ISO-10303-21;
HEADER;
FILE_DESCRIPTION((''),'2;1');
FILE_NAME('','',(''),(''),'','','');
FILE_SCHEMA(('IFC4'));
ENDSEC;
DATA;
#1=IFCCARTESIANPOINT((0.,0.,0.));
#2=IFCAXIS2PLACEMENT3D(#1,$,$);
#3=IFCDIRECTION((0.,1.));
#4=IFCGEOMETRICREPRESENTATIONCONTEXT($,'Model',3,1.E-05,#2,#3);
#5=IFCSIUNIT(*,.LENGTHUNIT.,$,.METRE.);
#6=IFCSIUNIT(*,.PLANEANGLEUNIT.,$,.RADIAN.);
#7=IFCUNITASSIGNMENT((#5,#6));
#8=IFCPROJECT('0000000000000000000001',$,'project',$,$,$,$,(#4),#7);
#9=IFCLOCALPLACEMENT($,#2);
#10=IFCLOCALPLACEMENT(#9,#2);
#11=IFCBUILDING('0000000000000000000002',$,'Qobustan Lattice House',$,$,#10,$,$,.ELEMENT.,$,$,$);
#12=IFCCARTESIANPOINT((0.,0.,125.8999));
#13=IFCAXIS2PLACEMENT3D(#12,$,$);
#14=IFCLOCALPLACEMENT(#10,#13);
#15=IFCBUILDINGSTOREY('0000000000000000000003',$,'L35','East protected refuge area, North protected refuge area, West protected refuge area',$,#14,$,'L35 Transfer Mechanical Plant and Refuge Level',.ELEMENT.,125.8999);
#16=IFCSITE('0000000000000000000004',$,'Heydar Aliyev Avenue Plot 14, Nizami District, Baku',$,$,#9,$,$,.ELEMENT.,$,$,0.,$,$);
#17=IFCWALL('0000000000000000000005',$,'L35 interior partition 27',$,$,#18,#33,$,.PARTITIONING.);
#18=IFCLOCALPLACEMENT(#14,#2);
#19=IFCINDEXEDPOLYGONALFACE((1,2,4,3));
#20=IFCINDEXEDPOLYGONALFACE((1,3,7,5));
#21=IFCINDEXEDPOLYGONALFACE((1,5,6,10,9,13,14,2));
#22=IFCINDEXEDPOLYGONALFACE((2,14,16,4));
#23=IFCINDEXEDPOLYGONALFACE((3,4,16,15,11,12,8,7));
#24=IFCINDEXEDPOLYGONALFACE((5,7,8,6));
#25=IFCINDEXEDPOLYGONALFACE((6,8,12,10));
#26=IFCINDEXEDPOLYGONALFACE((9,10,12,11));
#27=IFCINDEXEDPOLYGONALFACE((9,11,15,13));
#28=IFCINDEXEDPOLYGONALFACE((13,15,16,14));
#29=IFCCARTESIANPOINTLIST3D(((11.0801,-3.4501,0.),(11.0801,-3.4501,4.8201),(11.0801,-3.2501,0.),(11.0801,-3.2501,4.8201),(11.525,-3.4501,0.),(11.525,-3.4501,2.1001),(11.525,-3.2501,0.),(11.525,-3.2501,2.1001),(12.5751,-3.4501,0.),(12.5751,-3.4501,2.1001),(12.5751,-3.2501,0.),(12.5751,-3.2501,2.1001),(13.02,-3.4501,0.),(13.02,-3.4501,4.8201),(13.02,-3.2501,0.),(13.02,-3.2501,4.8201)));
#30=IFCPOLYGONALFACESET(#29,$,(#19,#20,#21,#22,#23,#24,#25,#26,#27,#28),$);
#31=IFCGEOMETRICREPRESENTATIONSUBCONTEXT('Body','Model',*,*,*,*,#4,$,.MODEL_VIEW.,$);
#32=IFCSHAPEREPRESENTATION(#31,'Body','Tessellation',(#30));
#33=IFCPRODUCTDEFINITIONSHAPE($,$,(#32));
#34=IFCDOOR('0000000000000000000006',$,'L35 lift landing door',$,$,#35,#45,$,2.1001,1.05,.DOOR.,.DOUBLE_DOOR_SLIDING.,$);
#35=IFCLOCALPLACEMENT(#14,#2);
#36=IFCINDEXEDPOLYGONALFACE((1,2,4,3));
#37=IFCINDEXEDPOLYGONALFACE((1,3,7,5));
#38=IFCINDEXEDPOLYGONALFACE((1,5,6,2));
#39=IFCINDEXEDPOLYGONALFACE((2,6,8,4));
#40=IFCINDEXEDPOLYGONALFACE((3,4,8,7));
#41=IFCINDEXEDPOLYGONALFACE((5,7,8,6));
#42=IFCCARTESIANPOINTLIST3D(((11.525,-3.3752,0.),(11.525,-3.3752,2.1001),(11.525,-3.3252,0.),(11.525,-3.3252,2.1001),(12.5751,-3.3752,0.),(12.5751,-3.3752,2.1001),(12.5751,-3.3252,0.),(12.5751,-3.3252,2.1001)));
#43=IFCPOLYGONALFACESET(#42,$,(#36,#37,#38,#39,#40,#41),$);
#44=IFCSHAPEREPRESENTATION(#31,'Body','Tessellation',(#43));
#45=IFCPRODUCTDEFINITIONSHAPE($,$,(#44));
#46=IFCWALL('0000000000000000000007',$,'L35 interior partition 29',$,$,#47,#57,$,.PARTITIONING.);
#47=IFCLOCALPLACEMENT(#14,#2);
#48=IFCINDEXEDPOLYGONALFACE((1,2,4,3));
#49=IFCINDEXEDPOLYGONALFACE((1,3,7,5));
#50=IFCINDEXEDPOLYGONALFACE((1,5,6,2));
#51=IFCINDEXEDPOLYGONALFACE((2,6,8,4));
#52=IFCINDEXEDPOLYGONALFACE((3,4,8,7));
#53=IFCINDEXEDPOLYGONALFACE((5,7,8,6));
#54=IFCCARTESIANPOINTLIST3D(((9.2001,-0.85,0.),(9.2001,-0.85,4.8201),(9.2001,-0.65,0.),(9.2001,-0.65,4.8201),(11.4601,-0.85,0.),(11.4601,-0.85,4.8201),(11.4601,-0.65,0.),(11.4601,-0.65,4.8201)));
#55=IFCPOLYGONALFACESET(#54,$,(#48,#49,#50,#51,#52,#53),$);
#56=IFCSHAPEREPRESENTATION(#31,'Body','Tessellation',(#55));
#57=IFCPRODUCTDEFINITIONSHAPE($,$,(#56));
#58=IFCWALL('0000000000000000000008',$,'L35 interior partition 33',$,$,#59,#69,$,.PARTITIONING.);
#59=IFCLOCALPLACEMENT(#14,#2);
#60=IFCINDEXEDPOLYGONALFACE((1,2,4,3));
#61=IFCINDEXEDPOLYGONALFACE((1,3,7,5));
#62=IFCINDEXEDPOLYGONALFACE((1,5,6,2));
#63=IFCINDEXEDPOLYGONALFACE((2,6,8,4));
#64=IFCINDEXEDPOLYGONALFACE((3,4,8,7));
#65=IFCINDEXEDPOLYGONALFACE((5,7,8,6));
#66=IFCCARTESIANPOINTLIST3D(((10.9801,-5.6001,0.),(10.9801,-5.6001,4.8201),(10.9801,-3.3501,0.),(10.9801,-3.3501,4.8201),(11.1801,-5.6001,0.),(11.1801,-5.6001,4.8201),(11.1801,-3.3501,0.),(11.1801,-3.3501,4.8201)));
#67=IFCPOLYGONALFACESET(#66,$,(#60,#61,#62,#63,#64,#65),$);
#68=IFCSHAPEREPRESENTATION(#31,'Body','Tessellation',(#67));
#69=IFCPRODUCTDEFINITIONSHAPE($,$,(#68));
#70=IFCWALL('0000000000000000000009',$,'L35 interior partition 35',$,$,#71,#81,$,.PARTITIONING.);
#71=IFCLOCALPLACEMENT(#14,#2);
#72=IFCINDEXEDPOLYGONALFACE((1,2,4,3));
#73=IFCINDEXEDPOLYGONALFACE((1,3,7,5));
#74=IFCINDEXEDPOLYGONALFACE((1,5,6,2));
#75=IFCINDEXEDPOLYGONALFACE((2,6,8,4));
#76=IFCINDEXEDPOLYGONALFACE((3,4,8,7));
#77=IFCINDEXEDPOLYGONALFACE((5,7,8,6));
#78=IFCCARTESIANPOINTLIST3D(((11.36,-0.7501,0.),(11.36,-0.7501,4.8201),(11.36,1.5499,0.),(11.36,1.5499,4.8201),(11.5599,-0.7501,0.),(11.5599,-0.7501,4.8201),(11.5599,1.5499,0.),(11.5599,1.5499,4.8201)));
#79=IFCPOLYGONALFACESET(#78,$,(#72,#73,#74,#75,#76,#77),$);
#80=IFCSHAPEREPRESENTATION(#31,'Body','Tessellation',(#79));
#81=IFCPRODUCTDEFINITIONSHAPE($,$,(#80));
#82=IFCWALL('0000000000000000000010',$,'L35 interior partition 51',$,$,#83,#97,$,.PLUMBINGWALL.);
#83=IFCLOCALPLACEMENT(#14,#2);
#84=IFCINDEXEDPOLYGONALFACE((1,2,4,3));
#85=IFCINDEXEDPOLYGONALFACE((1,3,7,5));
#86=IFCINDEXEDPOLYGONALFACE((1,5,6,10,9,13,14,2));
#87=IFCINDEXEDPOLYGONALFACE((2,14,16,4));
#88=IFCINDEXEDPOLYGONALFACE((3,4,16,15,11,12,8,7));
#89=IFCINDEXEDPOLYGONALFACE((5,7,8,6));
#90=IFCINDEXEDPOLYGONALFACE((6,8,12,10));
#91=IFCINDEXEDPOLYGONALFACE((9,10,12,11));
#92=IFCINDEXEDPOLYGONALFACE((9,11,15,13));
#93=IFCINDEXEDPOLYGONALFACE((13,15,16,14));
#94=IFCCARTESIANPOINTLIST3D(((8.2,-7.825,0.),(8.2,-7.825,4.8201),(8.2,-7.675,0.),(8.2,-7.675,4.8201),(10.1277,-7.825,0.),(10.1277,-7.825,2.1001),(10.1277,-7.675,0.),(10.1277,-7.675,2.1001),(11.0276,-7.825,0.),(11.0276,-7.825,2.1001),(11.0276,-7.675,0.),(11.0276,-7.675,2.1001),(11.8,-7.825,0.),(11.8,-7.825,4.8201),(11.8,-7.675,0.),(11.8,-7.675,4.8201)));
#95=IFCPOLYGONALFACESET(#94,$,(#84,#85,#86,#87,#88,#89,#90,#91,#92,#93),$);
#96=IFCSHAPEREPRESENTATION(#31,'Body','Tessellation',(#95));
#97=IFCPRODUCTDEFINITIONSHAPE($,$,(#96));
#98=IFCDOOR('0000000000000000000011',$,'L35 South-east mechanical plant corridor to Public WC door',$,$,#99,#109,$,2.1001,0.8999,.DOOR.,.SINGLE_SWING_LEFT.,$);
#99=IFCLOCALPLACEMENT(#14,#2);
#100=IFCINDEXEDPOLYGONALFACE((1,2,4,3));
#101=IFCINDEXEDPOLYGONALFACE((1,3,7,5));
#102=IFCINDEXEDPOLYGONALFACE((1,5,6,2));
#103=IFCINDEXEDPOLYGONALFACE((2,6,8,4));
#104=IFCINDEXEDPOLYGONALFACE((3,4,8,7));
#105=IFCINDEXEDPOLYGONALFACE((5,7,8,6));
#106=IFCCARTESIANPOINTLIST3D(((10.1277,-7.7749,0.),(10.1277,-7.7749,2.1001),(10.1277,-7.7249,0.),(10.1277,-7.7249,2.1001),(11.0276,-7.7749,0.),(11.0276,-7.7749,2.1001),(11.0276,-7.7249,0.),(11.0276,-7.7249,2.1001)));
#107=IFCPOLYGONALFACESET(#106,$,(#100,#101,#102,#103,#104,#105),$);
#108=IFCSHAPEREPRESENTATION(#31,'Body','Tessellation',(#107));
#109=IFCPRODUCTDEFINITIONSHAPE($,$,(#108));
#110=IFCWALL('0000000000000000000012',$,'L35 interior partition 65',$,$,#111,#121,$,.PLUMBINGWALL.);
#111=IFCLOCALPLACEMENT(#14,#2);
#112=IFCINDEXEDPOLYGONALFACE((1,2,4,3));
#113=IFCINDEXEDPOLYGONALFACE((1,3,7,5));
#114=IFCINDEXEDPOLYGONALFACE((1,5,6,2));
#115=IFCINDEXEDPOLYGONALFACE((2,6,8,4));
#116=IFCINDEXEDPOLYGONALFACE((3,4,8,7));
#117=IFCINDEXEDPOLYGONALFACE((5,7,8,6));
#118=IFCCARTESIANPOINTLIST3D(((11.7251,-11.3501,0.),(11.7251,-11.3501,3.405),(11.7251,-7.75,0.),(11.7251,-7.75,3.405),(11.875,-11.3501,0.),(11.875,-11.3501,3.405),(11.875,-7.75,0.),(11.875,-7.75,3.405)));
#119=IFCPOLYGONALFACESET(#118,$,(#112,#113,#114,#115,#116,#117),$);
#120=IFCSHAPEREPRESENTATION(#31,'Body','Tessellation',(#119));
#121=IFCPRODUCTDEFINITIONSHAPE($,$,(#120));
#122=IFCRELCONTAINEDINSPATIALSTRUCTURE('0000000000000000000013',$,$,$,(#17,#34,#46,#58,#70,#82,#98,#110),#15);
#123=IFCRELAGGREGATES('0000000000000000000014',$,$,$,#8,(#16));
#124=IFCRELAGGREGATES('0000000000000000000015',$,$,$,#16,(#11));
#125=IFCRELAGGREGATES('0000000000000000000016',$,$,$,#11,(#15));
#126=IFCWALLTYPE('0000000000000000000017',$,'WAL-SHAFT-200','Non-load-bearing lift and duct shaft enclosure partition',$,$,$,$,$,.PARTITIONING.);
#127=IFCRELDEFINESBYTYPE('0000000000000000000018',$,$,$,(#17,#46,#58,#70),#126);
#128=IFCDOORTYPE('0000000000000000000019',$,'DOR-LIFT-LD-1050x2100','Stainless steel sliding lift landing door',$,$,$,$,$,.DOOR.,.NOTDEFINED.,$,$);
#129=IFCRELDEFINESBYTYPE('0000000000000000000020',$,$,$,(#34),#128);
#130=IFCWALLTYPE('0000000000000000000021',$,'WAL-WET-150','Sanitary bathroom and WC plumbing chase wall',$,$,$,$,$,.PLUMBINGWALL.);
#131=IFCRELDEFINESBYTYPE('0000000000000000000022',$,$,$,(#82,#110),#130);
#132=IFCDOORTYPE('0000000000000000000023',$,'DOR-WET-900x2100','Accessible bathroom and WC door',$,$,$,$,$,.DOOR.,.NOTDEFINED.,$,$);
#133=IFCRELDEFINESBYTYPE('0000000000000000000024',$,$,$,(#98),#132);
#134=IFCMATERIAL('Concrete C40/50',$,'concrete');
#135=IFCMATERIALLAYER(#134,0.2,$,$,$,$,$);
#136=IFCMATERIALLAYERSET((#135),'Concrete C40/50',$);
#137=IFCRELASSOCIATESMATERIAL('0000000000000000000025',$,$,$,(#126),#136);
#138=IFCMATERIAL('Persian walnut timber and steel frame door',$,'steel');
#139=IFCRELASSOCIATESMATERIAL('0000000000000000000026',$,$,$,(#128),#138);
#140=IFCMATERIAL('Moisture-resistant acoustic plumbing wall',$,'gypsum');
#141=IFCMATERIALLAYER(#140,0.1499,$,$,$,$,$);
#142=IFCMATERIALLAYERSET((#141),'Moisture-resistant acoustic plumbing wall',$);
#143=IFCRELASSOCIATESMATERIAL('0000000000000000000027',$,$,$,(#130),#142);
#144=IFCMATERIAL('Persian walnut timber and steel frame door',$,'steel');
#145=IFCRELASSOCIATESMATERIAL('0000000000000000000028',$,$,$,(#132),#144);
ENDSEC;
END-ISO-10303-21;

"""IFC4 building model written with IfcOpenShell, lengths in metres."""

from ifc_helpers import new_model, si_unit, direction, frame, frame_2d, origin, place, context, subcontext, project, spatial, rectangle, extrude, material, layer, layer_set, type_object, element, fill, save


model = new_model("IFC4")

# Units and contexts
model_context = context("Model", 3, precision=1e-05, world=origin(), true_north=direction((0.0, 1.0)))
body_context = subcontext(model_context, "Body", "Model", "MODEL_VIEW")
ifc_project = project(units=[si_unit("LENGTHUNIT", "METRE"), si_unit("PLANEANGLEUNIT", "RADIAN")], contexts=[model_context])

# Site, building, storey
site_placement = place(None, origin())
site = spatial("IfcSite", under=ifc_project, at=site_placement, Name="Heydar Aliyev Avenue Plot 14, Nizami District, Baku", CompositionType="ELEMENT", RefElevation=0.0)
building_placement = place(site_placement, origin())
building = spatial("IfcBuilding", under=site, at=building_placement, Name="Qobustan Lattice House", CompositionType="ELEMENT")
storey_placement = place(building_placement, frame((0.0, 0.0, 125.8999)))
storey = spatial("IfcBuildingStorey", under=building, at=storey_placement, Name="L35", Description="East protected refuge area, North protected refuge area, West protected refuge area", LongName="L35 Transfer Mechanical Plant and Refuge Level", CompositionType="ELEMENT", Elevation=125.8999)

# Shared definitions
ifc_material_1 = material(Name="Concrete C40/50", Category="concrete")
ifc_layer_1 = layer(ifc_material_1, 0.2)
ifc_layer_set_1 = layer_set([ifc_layer_1], Name="Concrete C40/50")
wall_type_1 = type_object("IfcWallType", Name="WAL-SHAFT-200", Description="Non-load-bearing lift and duct shaft enclosure partition", PredefinedType="PARTITIONING", material=ifc_layer_set_1)

# Wall, opening, door
wall_1_placement = place(storey_placement, frame((11.0801, -3.3501, 0.0), z_axis=(0.0, 0.0, 1.0), x_axis=(1.0, 0.0, 0.0)))
wall_1 = element("IfcWall", 1, at=wall_1_placement, inside=storey, type_object=wall_type_1, Name="L35 interior partition 27", PredefinedType="PARTITIONING", context=body_context, shape_type="SweptSolid", body=[
    extrude(rectangle(XDim=1.9399, YDim=0.2, at=frame_2d((0.97, 0.0))), origin(), (0.0, 0.0, 1.0), 4.8201),
])
opening_1_placement = place(wall_1_placement, frame((0.4451, 0.0, 0.0)))
opening_1 = element("IfcOpeningElement", 2, at=opening_1_placement, cuts=wall_1, PredefinedType="OPENING", context=body_context, shape_type="SweptSolid", body=[
    extrude(rectangle(XDim=1.05, YDim=2.1001, at=frame_2d((0.5249, 1.05))), frame((0.0, 0.1099, 0.0), z_axis=(0.0, -1.0, 0.0), x_axis=(1.0, 0.0, 0.0)), (0.0, 0.0, 1.0), 0.22),
])
ifc_material_2 = material(Name="Persian walnut timber and steel frame door", Category="steel")
door_type_1 = type_object("IfcDoorType", Name="DOR-LIFT-LD-1050x2100", Description="Stainless steel sliding lift landing door", OperationType="NOTDEFINED", PredefinedType="DOOR", material=ifc_material_2)
door_1_placement = place(opening_1_placement, origin())
door_1 = element("IfcDoor", 3, at=door_1_placement, inside=storey, type_object=door_type_1, Name="L35 lift landing door", OperationType="DOUBLE_DOOR_SLIDING", OverallHeight=2.1001, OverallWidth=1.05, PredefinedType="DOOR", context=body_context, shape_type="SweptSolid", body=[
    extrude(rectangle(XDim=1.05, YDim=2.1001, at=frame_2d((0.5249, 1.05))), frame((0.0, 0.0249, 0.0), z_axis=(0.0, -1.0, 0.0), x_axis=(1.0, 0.0, 0.0)), (0.0, 0.0, 1.0), 0.05),
])
fill(opening_1, door_1)

# Walls
wall_2_placement = place(storey_placement, frame((11.46, -0.75, 0.0), z_axis=(0.0, 0.0, 1.0), x_axis=(-1.0, 0.0, 0.0)))
element("IfcWall", 4, at=wall_2_placement, inside=storey, type_object=wall_type_1, Name="L35 interior partition 29", PredefinedType="PARTITIONING", context=body_context, shape_type="SweptSolid", body=[
    extrude(rectangle(XDim=2.26, YDim=0.2, at=frame_2d((1.1299, 0.0))), origin(), (0.0, 0.0, 1.0), 4.8201),
])
wall_3_placement = place(storey_placement, frame((11.0801, -5.6001, 0.0), z_axis=(0.0, 0.0, 1.0), x_axis=(0.0, 1.0, 0.0)))
element("IfcWall", 5, at=wall_3_placement, inside=storey, type_object=wall_type_1, Name="L35 interior partition 33", PredefinedType="PARTITIONING", context=body_context, shape_type="SweptSolid", body=[
    extrude(rectangle(XDim=2.25, YDim=0.2, at=frame_2d((1.125, 0.0))), origin(), (0.0, 0.0, 1.0), 4.8201),
])
wall_4_placement = place(storey_placement, frame((11.46, -0.75, 0.0), z_axis=(0.0, 0.0, 1.0), x_axis=(0.0, 1.0, 0.0)))
element("IfcWall", 6, at=wall_4_placement, inside=storey, type_object=wall_type_1, Name="L35 interior partition 35", PredefinedType="PARTITIONING", context=body_context, shape_type="SweptSolid", body=[
    extrude(rectangle(XDim=2.3, YDim=0.2, at=frame_2d((1.1499, 0.0))), origin(), (0.0, 0.0, 1.0), 4.8201),
])

# Wall, opening, door
ifc_material_3 = material(Name="Moisture-resistant acoustic plumbing wall", Category="gypsum")
ifc_layer_2 = layer(ifc_material_3, 0.1499)
ifc_layer_set_2 = layer_set([ifc_layer_2], Name="Moisture-resistant acoustic plumbing wall")
wall_type_2 = type_object("IfcWallType", Name="WAL-WET-150", Description="Sanitary bathroom and WC plumbing chase wall", PredefinedType="PLUMBINGWALL", material=ifc_layer_set_2)
wall_5_placement = place(storey_placement, frame((11.8, -7.75, 0.0), z_axis=(0.0, 0.0, 1.0), x_axis=(-1.0, 0.0, 0.0)))
wall_5 = element("IfcWall", 7, at=wall_5_placement, inside=storey, type_object=wall_type_2, Name="L35 interior partition 51", PredefinedType="PLUMBINGWALL", context=body_context, shape_type="SweptSolid", body=[
    extrude(rectangle(XDim=3.6001, YDim=0.1499, at=frame_2d((1.8, 0.0))), origin(), (0.0, 0.0, 1.0), 4.8201),
])
opening_2_placement = place(wall_5_placement, frame((0.7725, 0.0, 0.0)))
opening_2 = element("IfcOpeningElement", 8, at=opening_2_placement, cuts=wall_5, PredefinedType="OPENING", context=body_context, shape_type="SweptSolid", body=[
    extrude(rectangle(XDim=0.8999, YDim=2.1001, at=frame_2d((0.45, 1.05))), frame((0.0, 0.085, 0.0), z_axis=(0.0, -1.0, 0.0), x_axis=(1.0, 0.0, 0.0)), (0.0, 0.0, 1.0), 0.1699),
])
ifc_material_4 = material(Name="Persian walnut timber and steel frame door", Category="steel")
door_type_2 = type_object("IfcDoorType", Name="DOR-WET-900x2100", Description="Accessible bathroom and WC door", OperationType="NOTDEFINED", PredefinedType="DOOR", material=ifc_material_4)
door_2_placement = place(opening_2_placement, origin())
door_2 = element("IfcDoor", 9, at=door_2_placement, inside=storey, type_object=door_type_2, Name="L35 South-east mechanical plant corridor to Public WC door", OperationType="SINGLE_SWING_LEFT", OverallHeight=2.1001, OverallWidth=0.8999, PredefinedType="DOOR", context=body_context, shape_type="SweptSolid", body=[
    extrude(rectangle(XDim=0.8999, YDim=2.1001, at=frame_2d((0.45, 1.05))), frame((0.0, 0.0249, 0.0), z_axis=(0.0, -1.0, 0.0), x_axis=(1.0, 0.0, 0.0)), (0.0, 0.0, 1.0), 0.05),
])
fill(opening_2, door_2)

# Wall
wall_6_placement = place(storey_placement, frame((11.8, -7.75, 0.0), z_axis=(0.0, 0.0, 1.0), x_axis=(0.0, -1.0, 0.0)))
element("IfcWall", 10, at=wall_6_placement, inside=storey, type_object=wall_type_2, Name="L35 interior partition 65", PredefinedType="PLUMBINGWALL", context=body_context, shape_type="SweptSolid", body=[
    extrude(rectangle(XDim=3.6001, YDim=0.1499, at=frame_2d((1.8, 0.0))), origin(), (0.0, 0.0, 1.0), 3.405),
])

save(model, "model.ifc")
